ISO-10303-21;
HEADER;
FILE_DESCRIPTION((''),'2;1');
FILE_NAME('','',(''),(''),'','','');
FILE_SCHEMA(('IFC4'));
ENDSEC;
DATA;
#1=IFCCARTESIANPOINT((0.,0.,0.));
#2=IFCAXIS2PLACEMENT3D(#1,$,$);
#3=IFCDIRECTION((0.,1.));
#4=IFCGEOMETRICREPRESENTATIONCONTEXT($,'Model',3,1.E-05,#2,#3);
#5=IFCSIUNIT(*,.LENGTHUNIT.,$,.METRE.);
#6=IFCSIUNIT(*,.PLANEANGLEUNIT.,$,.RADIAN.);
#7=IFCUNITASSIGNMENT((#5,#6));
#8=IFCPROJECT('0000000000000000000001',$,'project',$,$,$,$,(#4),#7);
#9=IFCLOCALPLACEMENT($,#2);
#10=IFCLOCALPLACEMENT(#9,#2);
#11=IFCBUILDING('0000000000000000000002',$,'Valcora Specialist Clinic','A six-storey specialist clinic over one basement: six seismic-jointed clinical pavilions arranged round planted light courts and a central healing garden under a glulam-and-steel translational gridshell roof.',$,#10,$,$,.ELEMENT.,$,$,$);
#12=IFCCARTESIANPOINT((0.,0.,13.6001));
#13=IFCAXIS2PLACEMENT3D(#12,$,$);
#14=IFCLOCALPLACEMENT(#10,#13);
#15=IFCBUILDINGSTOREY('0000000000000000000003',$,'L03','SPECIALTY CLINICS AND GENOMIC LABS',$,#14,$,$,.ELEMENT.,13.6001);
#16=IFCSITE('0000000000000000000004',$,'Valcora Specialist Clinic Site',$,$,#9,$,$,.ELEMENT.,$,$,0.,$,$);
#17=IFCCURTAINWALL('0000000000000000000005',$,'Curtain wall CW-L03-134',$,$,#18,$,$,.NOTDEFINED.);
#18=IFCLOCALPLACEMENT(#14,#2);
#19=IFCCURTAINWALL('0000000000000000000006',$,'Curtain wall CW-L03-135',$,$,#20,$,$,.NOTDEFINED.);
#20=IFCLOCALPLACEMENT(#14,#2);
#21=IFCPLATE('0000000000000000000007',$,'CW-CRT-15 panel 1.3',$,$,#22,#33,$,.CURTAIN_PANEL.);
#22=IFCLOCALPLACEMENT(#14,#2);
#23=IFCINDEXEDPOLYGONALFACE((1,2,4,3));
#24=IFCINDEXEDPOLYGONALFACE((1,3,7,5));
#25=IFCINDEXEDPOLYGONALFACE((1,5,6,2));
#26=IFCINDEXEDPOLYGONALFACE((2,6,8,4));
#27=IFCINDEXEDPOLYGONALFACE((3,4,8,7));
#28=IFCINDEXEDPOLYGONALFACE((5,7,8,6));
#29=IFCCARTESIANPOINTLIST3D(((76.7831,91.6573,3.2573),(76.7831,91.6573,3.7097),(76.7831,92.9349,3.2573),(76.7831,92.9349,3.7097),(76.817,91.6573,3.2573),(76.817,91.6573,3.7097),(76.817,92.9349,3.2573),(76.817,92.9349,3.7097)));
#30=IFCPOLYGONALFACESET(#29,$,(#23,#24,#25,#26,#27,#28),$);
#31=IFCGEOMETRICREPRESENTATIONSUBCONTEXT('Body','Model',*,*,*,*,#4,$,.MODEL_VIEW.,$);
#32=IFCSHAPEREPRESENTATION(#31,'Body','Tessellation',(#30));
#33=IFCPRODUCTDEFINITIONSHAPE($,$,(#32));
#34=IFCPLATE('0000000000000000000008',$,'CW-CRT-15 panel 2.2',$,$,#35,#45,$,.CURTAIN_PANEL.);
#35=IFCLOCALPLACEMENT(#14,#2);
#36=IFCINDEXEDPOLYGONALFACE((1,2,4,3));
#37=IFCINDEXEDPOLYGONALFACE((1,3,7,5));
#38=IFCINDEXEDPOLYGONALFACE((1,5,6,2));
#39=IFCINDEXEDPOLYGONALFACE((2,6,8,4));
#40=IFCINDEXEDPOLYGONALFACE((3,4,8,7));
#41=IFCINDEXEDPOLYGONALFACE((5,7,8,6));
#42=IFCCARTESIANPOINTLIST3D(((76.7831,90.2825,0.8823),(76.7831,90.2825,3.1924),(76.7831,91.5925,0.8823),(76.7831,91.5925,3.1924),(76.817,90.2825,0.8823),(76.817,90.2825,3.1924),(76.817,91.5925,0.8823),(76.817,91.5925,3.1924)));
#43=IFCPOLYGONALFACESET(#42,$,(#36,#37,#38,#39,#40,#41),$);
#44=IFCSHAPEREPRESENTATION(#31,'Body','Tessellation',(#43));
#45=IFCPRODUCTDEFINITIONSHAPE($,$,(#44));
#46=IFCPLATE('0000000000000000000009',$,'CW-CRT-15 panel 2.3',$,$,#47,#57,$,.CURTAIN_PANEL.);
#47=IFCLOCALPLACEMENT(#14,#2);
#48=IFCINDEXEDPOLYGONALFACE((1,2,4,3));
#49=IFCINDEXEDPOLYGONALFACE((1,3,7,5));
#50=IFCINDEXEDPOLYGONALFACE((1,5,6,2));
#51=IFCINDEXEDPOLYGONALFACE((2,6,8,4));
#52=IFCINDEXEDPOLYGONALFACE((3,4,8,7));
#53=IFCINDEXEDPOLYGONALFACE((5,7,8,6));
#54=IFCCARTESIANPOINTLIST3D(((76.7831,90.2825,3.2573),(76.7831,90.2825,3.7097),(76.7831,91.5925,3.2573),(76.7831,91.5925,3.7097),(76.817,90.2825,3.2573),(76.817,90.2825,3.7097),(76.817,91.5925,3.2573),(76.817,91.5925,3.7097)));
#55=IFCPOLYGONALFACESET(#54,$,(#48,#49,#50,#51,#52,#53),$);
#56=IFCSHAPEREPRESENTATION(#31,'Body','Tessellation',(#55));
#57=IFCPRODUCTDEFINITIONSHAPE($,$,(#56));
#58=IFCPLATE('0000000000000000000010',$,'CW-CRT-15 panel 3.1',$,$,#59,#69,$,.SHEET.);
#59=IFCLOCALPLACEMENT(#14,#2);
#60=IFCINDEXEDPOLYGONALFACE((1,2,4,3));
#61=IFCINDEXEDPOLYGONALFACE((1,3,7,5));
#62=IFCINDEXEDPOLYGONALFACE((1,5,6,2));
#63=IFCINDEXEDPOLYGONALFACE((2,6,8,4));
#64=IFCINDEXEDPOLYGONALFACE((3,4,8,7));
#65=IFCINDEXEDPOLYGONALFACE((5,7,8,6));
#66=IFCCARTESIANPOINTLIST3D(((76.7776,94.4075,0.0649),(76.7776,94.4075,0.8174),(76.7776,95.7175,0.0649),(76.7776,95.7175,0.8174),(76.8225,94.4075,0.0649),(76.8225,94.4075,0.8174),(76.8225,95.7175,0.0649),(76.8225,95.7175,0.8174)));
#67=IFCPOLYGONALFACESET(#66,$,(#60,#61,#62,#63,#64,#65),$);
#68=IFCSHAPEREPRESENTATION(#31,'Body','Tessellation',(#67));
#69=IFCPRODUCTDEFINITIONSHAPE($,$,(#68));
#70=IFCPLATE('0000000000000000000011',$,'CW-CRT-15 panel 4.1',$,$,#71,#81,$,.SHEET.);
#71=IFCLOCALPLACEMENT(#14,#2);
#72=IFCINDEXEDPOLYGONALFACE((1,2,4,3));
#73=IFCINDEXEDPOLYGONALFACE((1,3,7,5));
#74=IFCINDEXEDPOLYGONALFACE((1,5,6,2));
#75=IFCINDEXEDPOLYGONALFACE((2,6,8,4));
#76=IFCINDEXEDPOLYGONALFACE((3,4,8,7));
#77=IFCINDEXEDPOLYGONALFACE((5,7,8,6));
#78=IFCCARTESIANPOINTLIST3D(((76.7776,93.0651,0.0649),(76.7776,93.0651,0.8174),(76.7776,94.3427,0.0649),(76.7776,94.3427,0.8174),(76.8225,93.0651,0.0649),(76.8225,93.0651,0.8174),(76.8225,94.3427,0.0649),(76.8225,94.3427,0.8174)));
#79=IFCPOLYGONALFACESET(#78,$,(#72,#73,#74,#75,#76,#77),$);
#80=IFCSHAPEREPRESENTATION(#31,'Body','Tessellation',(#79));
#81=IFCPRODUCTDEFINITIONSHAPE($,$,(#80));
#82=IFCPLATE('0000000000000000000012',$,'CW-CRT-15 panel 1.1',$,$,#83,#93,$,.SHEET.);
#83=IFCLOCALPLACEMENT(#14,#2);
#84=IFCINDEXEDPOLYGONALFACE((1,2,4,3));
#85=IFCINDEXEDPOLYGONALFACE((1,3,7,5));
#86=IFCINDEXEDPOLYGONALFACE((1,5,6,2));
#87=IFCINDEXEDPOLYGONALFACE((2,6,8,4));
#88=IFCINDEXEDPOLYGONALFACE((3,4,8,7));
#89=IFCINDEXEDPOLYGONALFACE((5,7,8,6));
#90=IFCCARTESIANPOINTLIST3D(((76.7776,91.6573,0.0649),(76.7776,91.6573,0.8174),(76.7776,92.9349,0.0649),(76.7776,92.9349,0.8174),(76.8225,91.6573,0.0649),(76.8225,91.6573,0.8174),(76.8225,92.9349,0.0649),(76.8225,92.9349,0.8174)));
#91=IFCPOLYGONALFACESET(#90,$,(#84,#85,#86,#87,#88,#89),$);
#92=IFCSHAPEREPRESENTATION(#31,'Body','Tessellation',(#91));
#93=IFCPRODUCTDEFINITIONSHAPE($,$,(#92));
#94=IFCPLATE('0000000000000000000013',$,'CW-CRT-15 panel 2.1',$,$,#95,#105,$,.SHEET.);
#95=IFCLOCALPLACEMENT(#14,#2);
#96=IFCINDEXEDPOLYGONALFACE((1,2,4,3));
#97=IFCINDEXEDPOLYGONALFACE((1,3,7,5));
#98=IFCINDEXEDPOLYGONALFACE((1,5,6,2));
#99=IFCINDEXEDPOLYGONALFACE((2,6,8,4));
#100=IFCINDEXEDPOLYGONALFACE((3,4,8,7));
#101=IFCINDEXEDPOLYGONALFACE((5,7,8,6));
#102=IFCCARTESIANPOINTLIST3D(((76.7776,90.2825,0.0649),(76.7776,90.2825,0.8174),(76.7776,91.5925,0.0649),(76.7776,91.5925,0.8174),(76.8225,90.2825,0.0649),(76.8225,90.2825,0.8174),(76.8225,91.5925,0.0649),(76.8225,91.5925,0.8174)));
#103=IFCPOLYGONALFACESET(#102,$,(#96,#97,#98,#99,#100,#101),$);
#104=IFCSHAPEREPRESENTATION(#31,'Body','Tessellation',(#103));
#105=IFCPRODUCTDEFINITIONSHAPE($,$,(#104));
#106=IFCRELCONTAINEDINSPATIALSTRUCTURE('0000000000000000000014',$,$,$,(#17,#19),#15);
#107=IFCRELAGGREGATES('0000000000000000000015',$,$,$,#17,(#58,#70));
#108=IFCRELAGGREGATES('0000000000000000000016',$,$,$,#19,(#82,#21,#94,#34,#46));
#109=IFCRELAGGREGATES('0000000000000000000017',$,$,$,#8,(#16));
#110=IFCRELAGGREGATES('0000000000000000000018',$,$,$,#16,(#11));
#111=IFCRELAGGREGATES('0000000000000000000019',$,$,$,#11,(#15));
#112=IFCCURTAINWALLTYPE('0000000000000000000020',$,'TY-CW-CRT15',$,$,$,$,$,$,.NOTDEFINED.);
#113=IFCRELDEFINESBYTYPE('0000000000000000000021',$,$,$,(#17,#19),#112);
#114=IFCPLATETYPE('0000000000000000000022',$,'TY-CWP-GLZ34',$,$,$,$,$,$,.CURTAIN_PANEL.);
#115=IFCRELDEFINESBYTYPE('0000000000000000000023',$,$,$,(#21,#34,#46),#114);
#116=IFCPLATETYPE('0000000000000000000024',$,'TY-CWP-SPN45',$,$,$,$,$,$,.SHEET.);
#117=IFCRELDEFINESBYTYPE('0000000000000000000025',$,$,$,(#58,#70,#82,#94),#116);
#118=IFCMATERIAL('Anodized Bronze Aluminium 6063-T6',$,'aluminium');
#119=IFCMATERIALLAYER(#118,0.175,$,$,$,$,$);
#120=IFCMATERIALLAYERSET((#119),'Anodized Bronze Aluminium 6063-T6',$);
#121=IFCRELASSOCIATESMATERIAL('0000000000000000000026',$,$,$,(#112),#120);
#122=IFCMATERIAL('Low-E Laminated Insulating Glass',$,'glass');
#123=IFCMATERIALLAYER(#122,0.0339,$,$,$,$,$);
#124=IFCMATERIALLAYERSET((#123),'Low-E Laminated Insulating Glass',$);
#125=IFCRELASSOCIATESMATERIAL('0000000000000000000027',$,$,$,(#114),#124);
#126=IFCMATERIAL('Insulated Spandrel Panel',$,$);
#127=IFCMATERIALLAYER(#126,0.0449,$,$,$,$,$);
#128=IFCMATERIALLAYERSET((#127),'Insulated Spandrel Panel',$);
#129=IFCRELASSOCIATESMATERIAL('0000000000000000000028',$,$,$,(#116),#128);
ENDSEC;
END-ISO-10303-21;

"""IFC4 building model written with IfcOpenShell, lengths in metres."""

from ifc_helpers import new_model, si_unit, direction, frame, origin, origin_2d, place, context, subcontext, project, spatial, rectangle, extrude, material, layer, layer_set, type_object, element, aggregate, save


model = new_model("IFC4")

# Units and contexts
model_context = context("Model", 3, precision=1e-05, world=origin(), true_north=direction((0.0, 1.0)))
body_context = subcontext(model_context, "Body", "Model", "MODEL_VIEW")
ifc_project = project(units=[si_unit("LENGTHUNIT", "METRE"), si_unit("PLANEANGLEUNIT", "RADIAN")], contexts=[model_context])

# Site, building, storey
site_placement = place(None, origin())
site = spatial("IfcSite", under=ifc_project, at=site_placement, Name="Valcora Specialist Clinic Site", CompositionType="ELEMENT", RefElevation=0.0)
building_placement = place(site_placement, origin())
building = spatial("IfcBuilding", under=site, at=building_placement, Name="Valcora Specialist Clinic", Description="A six-storey specialist clinic over one basement: six seismic-jointed clinical pavilions arranged round planted light courts and a central healing garden under a glulam-and-steel translational gridshell roof.", CompositionType="ELEMENT")
storey_placement = place(building_placement, frame((0.0, 0.0, 13.6001)))
storey = spatial("IfcBuildingStorey", under=building, at=storey_placement, Name="L03", Description="SPECIALTY CLINICS AND GENOMIC LABS", CompositionType="ELEMENT", Elevation=13.6001)

# Curtain walls
ifc_material_1 = material(Name="Anodized Bronze Aluminium 6063-T6", Category="aluminium")
ifc_layer_1 = layer(ifc_material_1, 0.175)
ifc_layer_set_1 = layer_set([ifc_layer_1], Name="Anodized Bronze Aluminium 6063-T6")
curtain_wall_type = type_object("IfcCurtainWallType", Name="TY-CW-CRT15", PredefinedType="NOTDEFINED", material=ifc_layer_set_1)
curtain_wall_1_placement = place(storey_placement, origin())
curtain_wall_1 = element("IfcCurtainWall", 1, at=curtain_wall_1_placement, inside=storey, type_object=curtain_wall_type, Name="Curtain wall CW-L03-134", PredefinedType="NOTDEFINED")
curtain_wall_2_placement = place(storey_placement, origin())
curtain_wall_2 = element("IfcCurtainWall", 2, at=curtain_wall_2_placement, inside=storey, type_object=curtain_wall_type, Name="Curtain wall CW-L03-135", PredefinedType="NOTDEFINED")

# Plates
ifc_material_2 = material(Name="Low-E Laminated Insulating Glass", Category="glass")
ifc_layer_2 = layer(ifc_material_2, 0.0339)
ifc_layer_set_2 = layer_set([ifc_layer_2], Name="Low-E Laminated Insulating Glass")
plate_type_1 = type_object("IfcPlateType", Name="TY-CWP-GLZ34", PredefinedType="CURTAIN_PANEL", material=ifc_layer_set_2)
plate_1_placement = place(storey_placement, frame((76.8, 92.2961, 3.2573), z_axis=(0.0, 0.0, 1.0), x_axis=(0.0, -1.0, 0.0)))
plate_1 = element("IfcPlate", 3, at=plate_1_placement, type_object=plate_type_1, Name="CW-CRT-15 panel 1.3", PredefinedType="CURTAIN_PANEL", context=body_context, shape_type="SweptSolid", body=[
    extrude(rectangle(XDim=1.2776, YDim=0.0339, at=origin_2d()), origin(), (0.0, 0.0, 1.0), 0.4524),
])
plate_2_placement = place(storey_placement, frame((76.8, 90.9375, 0.8823), z_axis=(0.0, 0.0, 1.0), x_axis=(0.0, -1.0, 0.0)))
plate_2 = element("IfcPlate", 4, at=plate_2_placement, type_object=plate_type_1, Name="CW-CRT-15 panel 2.2", PredefinedType="CURTAIN_PANEL", context=body_context, shape_type="SweptSolid", body=[
    extrude(rectangle(XDim=1.3101, YDim=0.0339, at=origin_2d()), origin(), (0.0, 0.0, 1.0), 2.3101),
])
plate_3_placement = place(storey_placement, frame((76.8, 90.9375, 3.2573), z_axis=(0.0, 0.0, 1.0), x_axis=(0.0, -1.0, 0.0)))
plate_3 = element("IfcPlate", 5, at=plate_3_placement, type_object=plate_type_1, Name="CW-CRT-15 panel 2.3", PredefinedType="CURTAIN_PANEL", context=body_context, shape_type="SweptSolid", body=[
    extrude(rectangle(XDim=1.3101, YDim=0.0339, at=origin_2d()), origin(), (0.0, 0.0, 1.0), 0.4524),
])
ifc_material_3 = material(Name="Insulated Spandrel Panel")
ifc_layer_3 = layer(ifc_material_3, 0.0449)
ifc_layer_set_3 = layer_set([ifc_layer_3], Name="Insulated Spandrel Panel")
plate_type_2 = type_object("IfcPlateType", Name="TY-CWP-SPN45", PredefinedType="SHEET", material=ifc_layer_set_3)
plate_4_placement = place(storey_placement, frame((76.8, 95.0625, 0.0649), z_axis=(0.0, 0.0, 1.0), x_axis=(0.0, -1.0, 0.0)))
plate_4 = element("IfcPlate", 6, at=plate_4_placement, type_object=plate_type_2, Name="CW-CRT-15 panel 3.1", PredefinedType="SHEET", context=body_context, shape_type="SweptSolid", body=[
    extrude(rectangle(XDim=1.3101, YDim=0.0449, at=origin_2d()), origin(), (0.0, 0.0, 1.0), 0.7524),
])
plate_5_placement = place(storey_placement, frame((76.8, 93.7039, 0.0649), z_axis=(0.0, 0.0, 1.0), x_axis=(0.0, -1.0, 0.0)))
plate_5 = element("IfcPlate", 7, at=plate_5_placement, type_object=plate_type_2, Name="CW-CRT-15 panel 4.1", PredefinedType="SHEET", context=body_context, shape_type="SweptSolid", body=[
    extrude(rectangle(XDim=1.2776, YDim=0.0449, at=origin_2d()), origin(), (0.0, 0.0, 1.0), 0.7524),
])
aggregate(curtain_wall_1, [plate_4, plate_5])
plate_6_placement = place(storey_placement, frame((76.8, 92.2961, 0.0649), z_axis=(0.0, 0.0, 1.0), x_axis=(0.0, -1.0, 0.0)))
plate_6 = element("IfcPlate", 8, at=plate_6_placement, type_object=plate_type_2, Name="CW-CRT-15 panel 1.1", PredefinedType="SHEET", context=body_context, shape_type="SweptSolid", body=[
    extrude(rectangle(XDim=1.2776, YDim=0.0449, at=origin_2d()), origin(), (0.0, 0.0, 1.0), 0.7524),
])
plate_7_placement = place(storey_placement, frame((76.8, 90.9375, 0.0649), z_axis=(0.0, 0.0, 1.0), x_axis=(0.0, -1.0, 0.0)))
plate_7 = element("IfcPlate", 9, at=plate_7_placement, type_object=plate_type_2, Name="CW-CRT-15 panel 2.1", PredefinedType="SHEET", context=body_context, shape_type="SweptSolid", body=[
    extrude(rectangle(XDim=1.3101, YDim=0.0449, at=origin_2d()), origin(), (0.0, 0.0, 1.0), 0.7524),
])
aggregate(curtain_wall_2, [plate_6, plate_1, plate_7, plate_2, plate_3])

save(model, "model.ifc")
